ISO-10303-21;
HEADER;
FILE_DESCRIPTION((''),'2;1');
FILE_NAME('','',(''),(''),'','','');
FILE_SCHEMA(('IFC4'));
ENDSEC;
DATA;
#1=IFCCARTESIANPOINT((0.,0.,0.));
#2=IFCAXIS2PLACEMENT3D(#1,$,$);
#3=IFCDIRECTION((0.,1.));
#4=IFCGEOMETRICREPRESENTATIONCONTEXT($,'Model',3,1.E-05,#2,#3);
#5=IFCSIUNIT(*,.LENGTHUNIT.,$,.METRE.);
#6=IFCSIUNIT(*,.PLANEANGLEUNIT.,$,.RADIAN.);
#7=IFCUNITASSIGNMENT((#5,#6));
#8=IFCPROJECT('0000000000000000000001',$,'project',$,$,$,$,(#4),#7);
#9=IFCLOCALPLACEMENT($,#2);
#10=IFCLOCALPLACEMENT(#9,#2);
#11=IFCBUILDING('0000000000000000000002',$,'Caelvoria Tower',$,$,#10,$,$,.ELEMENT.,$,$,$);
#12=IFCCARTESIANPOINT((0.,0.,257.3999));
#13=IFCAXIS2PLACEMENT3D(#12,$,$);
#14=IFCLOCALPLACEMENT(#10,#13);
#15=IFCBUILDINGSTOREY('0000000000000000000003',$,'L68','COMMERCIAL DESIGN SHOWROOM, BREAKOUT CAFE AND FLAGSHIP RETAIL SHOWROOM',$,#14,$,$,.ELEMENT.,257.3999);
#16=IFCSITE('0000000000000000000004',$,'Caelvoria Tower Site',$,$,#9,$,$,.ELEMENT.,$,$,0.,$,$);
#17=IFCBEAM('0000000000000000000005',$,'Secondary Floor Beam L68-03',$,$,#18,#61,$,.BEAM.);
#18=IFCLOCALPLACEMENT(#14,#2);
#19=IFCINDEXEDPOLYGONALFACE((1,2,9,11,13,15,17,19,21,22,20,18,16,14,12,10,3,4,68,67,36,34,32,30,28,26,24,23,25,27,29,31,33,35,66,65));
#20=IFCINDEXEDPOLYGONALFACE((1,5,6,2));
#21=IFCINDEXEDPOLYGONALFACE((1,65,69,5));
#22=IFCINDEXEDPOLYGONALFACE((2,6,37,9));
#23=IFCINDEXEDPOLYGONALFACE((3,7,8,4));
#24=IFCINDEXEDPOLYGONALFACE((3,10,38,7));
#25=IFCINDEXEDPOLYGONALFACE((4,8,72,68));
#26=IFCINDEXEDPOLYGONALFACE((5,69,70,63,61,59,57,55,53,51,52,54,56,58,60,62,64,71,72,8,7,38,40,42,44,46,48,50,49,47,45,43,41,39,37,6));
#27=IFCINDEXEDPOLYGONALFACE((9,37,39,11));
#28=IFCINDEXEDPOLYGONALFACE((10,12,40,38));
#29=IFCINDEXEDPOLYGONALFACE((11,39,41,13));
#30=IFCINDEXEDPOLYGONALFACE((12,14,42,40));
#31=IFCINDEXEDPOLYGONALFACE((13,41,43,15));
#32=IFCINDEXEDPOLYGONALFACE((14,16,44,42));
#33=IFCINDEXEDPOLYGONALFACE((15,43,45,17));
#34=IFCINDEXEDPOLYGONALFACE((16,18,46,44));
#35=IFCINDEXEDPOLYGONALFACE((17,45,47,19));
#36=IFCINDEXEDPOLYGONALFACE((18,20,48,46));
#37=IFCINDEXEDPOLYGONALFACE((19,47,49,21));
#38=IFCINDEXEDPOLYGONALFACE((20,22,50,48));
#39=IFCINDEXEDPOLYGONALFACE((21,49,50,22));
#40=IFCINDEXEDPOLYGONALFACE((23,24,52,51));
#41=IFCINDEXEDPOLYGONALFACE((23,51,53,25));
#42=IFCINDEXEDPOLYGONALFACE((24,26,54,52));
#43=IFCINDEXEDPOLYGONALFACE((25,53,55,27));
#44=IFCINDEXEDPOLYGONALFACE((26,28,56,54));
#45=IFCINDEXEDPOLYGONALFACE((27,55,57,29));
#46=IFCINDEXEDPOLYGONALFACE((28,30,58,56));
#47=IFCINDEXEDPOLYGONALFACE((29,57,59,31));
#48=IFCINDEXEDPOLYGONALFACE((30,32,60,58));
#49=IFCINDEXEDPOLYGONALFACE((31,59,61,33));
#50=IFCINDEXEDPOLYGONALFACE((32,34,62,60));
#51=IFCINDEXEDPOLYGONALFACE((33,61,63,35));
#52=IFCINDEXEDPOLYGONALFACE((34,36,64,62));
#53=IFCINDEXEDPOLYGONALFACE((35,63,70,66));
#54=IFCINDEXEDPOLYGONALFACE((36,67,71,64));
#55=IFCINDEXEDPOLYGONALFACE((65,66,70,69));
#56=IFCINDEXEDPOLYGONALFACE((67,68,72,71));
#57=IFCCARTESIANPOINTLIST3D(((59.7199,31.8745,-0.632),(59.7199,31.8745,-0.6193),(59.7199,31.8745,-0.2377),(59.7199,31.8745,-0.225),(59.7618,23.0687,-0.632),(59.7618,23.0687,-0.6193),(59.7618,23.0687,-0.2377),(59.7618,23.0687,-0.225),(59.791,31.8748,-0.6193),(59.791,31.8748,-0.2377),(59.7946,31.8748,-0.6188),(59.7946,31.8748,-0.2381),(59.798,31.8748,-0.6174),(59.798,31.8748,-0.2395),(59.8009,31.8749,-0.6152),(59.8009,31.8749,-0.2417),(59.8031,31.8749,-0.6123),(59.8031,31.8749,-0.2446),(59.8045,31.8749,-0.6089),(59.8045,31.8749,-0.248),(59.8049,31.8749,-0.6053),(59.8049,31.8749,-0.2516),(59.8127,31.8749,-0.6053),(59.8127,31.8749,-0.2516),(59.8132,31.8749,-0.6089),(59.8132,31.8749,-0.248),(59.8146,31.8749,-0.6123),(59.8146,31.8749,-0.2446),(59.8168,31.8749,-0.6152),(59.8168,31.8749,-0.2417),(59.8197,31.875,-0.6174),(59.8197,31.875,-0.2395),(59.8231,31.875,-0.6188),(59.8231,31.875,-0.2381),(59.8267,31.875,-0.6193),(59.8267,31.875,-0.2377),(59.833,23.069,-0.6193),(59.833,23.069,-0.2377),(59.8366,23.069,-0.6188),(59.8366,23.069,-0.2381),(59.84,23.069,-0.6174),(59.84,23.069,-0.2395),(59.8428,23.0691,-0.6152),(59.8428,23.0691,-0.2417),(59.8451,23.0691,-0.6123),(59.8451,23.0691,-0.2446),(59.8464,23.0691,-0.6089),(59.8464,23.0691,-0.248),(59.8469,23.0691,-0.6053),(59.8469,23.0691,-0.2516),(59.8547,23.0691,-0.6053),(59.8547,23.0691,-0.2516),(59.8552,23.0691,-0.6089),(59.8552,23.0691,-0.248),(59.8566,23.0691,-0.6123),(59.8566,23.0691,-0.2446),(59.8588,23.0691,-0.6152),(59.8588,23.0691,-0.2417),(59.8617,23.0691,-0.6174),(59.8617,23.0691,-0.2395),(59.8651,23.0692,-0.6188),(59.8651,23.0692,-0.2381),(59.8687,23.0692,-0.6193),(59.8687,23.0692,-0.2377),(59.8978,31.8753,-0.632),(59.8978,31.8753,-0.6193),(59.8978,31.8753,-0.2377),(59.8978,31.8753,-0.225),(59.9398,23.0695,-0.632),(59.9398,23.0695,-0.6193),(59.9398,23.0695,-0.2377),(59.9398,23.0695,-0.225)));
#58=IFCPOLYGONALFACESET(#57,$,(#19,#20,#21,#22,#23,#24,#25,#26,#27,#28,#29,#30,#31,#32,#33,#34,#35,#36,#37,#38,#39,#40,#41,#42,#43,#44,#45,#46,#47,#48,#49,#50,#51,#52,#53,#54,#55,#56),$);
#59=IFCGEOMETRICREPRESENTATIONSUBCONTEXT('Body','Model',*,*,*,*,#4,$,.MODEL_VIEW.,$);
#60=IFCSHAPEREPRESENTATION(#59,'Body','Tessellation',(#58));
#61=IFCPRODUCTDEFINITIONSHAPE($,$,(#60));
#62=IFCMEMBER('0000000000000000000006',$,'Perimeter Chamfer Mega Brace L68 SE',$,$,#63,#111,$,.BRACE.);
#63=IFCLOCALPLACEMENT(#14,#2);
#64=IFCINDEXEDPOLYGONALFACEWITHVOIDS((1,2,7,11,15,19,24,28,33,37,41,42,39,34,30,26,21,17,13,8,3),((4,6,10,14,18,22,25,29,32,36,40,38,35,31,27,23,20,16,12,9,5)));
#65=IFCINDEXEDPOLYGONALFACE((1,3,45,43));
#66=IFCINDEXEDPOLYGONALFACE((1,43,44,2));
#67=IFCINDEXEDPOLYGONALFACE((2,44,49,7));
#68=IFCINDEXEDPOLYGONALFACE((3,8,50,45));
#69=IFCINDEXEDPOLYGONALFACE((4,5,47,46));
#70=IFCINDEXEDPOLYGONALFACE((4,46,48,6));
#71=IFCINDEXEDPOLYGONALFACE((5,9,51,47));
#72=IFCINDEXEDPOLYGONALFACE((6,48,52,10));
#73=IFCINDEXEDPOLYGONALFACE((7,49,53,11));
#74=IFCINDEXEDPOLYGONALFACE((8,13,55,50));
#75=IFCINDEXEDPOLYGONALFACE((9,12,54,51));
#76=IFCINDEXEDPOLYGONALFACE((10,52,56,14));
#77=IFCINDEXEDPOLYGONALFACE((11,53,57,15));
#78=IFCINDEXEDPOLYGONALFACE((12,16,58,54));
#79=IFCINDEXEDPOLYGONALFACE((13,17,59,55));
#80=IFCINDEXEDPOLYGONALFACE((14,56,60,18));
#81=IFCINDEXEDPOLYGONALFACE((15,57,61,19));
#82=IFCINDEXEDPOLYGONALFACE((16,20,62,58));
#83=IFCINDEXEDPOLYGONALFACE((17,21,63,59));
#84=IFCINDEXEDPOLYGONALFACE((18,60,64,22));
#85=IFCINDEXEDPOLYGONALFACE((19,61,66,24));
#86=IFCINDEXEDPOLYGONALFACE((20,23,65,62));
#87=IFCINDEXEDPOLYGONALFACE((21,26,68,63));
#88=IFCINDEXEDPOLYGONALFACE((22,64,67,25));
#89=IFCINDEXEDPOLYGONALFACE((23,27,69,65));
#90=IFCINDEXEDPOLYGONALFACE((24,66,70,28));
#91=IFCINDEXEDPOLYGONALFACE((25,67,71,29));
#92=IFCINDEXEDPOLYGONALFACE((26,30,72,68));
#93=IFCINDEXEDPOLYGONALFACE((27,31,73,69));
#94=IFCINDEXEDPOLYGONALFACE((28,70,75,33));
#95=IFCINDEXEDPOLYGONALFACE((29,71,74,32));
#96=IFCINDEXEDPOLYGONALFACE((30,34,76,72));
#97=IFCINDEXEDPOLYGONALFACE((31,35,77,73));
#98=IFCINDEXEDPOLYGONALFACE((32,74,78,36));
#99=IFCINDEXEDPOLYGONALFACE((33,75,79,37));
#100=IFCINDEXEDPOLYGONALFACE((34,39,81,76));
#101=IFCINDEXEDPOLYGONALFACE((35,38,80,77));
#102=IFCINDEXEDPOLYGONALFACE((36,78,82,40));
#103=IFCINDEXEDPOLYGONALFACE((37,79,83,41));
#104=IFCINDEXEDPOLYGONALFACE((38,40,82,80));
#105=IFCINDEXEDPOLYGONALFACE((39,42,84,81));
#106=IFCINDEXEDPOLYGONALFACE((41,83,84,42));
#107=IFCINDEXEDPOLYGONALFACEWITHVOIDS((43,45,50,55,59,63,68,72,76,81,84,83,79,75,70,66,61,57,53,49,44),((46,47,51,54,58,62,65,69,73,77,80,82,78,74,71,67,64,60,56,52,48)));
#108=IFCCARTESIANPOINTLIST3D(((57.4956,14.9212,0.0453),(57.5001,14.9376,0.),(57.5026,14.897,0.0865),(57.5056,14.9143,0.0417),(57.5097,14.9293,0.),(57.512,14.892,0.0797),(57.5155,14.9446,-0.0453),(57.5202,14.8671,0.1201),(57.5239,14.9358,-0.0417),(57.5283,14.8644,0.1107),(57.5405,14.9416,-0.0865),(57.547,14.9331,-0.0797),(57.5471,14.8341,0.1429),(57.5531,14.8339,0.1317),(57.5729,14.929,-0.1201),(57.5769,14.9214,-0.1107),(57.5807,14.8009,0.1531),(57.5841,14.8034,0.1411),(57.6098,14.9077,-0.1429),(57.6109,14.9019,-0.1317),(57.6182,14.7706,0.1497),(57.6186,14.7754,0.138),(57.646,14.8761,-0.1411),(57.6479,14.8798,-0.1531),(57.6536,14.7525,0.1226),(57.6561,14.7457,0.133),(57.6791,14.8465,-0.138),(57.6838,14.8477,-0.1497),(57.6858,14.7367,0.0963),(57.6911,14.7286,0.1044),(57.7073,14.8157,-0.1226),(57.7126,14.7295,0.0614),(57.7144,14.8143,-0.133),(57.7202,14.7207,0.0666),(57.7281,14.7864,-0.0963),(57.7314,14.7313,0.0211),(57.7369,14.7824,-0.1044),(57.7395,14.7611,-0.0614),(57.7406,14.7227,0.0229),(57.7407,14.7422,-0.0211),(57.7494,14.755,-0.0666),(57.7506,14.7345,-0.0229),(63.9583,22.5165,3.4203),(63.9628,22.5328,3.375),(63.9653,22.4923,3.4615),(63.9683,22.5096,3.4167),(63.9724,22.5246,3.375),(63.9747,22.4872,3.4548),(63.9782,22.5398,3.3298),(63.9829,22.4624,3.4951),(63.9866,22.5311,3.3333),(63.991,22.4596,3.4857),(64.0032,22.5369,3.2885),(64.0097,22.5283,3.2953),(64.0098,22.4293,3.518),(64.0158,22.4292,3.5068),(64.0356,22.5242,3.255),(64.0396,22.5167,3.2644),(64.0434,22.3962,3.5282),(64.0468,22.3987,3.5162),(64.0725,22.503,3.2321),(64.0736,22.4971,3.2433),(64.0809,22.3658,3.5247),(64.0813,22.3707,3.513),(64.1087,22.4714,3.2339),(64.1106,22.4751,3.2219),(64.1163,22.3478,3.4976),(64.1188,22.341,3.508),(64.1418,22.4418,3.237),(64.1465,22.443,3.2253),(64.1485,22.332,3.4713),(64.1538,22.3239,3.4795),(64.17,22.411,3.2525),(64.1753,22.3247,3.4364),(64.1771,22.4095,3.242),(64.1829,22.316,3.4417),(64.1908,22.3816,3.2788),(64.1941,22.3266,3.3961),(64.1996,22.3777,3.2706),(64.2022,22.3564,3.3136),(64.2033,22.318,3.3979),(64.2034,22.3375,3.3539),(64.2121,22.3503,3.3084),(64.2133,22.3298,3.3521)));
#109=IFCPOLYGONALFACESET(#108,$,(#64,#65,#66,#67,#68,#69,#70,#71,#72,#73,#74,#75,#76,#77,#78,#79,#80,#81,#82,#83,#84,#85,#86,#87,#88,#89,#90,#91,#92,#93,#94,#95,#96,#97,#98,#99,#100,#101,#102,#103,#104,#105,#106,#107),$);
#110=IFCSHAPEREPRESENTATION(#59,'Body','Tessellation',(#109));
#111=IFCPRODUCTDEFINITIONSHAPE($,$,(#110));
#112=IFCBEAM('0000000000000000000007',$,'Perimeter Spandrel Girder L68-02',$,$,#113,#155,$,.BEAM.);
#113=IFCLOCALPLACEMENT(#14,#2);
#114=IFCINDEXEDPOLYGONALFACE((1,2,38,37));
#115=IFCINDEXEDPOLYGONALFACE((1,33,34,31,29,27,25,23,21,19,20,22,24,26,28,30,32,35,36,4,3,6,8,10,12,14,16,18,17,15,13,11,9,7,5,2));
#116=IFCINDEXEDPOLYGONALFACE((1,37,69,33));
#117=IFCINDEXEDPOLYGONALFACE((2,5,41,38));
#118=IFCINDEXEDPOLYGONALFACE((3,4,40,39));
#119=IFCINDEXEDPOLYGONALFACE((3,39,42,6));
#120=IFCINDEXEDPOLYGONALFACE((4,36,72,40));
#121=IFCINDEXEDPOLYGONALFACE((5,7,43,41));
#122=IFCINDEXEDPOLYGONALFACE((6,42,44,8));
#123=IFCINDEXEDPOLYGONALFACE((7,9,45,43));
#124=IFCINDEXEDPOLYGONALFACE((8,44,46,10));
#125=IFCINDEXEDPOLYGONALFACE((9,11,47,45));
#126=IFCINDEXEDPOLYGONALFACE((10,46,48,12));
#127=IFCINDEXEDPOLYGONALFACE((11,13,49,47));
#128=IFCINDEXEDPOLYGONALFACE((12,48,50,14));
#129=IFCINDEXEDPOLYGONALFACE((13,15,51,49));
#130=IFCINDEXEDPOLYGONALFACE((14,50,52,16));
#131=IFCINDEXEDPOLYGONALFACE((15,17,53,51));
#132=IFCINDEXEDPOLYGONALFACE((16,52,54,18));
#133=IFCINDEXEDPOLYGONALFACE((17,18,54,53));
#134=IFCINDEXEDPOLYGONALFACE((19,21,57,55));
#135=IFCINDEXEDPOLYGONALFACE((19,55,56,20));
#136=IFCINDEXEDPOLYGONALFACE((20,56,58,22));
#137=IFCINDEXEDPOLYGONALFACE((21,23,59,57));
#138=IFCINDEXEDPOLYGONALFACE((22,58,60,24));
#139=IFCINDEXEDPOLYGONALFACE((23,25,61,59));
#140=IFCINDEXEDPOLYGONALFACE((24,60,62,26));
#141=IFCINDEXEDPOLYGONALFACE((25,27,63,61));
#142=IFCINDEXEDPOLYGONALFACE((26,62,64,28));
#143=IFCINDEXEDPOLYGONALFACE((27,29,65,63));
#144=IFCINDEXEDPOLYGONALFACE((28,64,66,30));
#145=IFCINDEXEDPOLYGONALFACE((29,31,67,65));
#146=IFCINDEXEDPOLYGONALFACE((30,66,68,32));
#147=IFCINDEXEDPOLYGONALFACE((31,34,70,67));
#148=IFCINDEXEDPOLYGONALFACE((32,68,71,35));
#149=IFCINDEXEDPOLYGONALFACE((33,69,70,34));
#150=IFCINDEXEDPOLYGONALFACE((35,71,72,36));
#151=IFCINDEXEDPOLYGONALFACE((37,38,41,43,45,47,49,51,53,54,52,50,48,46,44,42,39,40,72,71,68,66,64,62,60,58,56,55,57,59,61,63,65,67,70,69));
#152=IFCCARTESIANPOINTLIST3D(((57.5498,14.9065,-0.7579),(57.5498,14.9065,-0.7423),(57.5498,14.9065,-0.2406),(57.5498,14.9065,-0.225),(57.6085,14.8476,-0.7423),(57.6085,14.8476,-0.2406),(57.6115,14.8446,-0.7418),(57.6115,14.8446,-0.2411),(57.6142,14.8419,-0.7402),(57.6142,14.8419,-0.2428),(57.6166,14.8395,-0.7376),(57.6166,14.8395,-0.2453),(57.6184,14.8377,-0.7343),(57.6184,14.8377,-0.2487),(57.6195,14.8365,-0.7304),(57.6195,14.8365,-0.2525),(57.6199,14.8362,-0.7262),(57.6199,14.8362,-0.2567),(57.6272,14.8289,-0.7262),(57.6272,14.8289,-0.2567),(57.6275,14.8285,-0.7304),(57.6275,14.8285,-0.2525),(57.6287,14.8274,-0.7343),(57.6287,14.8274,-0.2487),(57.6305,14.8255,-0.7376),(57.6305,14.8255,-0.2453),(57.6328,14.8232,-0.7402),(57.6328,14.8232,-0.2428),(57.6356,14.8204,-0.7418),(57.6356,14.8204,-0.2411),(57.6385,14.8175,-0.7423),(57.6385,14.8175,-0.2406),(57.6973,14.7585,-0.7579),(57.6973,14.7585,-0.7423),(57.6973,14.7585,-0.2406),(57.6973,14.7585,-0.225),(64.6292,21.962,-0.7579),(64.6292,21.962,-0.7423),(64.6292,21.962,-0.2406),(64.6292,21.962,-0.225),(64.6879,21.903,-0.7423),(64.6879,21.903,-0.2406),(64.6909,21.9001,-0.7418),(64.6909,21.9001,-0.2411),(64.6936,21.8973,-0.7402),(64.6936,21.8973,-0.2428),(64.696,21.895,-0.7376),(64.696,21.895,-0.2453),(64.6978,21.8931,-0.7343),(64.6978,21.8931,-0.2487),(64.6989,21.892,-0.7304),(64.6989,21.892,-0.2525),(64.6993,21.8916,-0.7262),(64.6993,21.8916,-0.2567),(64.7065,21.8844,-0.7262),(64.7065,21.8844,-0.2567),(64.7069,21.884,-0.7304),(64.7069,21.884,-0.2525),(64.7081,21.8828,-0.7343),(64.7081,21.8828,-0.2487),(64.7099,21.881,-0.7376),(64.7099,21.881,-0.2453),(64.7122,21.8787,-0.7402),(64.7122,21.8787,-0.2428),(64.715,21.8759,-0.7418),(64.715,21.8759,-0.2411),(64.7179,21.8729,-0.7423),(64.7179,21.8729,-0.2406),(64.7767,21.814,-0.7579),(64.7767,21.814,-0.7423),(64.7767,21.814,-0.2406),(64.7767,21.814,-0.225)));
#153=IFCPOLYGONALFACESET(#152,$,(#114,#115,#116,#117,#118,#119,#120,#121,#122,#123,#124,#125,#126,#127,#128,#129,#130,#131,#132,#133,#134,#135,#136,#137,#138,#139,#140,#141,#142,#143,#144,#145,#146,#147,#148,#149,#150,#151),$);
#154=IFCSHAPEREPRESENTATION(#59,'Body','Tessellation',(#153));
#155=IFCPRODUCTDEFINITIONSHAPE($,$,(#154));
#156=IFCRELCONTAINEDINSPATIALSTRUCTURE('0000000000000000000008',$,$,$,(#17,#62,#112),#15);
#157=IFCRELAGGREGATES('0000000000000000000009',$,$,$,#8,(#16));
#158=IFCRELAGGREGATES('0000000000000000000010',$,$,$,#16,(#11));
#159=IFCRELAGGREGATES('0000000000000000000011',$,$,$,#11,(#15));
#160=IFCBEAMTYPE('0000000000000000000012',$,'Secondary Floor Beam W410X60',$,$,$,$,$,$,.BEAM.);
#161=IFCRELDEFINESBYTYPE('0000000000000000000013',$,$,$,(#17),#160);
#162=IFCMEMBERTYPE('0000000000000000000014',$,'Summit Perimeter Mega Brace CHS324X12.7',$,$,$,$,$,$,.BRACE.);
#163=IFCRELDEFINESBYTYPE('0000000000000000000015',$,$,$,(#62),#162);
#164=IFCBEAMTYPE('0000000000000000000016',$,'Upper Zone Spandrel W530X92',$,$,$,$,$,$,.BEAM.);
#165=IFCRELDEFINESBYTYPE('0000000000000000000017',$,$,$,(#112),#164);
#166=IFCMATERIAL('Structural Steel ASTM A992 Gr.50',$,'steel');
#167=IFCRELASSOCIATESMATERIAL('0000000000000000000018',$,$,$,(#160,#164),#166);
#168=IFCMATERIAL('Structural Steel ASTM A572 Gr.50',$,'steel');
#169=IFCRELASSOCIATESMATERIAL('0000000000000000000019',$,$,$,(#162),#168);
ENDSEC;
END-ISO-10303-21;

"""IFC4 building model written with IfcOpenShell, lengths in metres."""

from ifc_helpers import new_model, si_unit, direction, frame, origin, origin_2d, place, context, subcontext, project, spatial, hollow_circle, i_section, extrude, material, material_profile, profile_set, type_object, element, save


model = new_model("IFC4")

# Units and contexts
model_context = context("Model", 3, precision=1e-05, world=origin(), true_north=direction((0.0, 1.0)))
body_context = subcontext(model_context, "Body", "Model", "MODEL_VIEW")
ifc_project = project(units=[si_unit("LENGTHUNIT", "METRE"), si_unit("PLANEANGLEUNIT", "RADIAN")], contexts=[model_context])

# Site, building, storey
site_placement = place(None, origin())
site = spatial("IfcSite", under=ifc_project, at=site_placement, Name="Caelvoria Tower Site", CompositionType="ELEMENT", RefElevation=0.0)
building_placement = place(site_placement, origin())
building = spatial("IfcBuilding", under=site, at=building_placement, Name="Caelvoria Tower", CompositionType="ELEMENT")
storey_placement = place(building_placement, frame((0.0, 0.0, 257.3999)))
storey = spatial("IfcBuildingStorey", under=building, at=storey_placement, Name="L68", Description="COMMERCIAL DESIGN SHOWROOM, BREAKOUT CAFE AND FLAGSHIP RETAIL SHOWROOM", CompositionType="ELEMENT", Elevation=257.3999)

# Shared definitions
ifc_material_1 = material(Name="Structural Steel ASTM A572 Gr.50", Category="steel")
ifc_material_2 = material(Name="Structural Steel ASTM A992 Gr.50", Category="steel")

# Beam
ifc_material_profile_1 = material_profile(ifc_material_2, i_section(OverallWidth=0.178, OverallDepth=0.407, WebThickness=0.0078, FlangeThickness=0.0127, FilletRadius=0.0139, at=origin_2d()), Name="Structural Steel ASTM A992 Gr.50")
ifc_profile_set_1 = profile_set([ifc_material_profile_1], Name="W410X60 - Structural Steel ASTM A992 Gr.50")
beam_type_1 = type_object("IfcBeamType", Name="Secondary Floor Beam W410X60", PredefinedType="BEAM", material=ifc_profile_set_1)
beam_1_placement = place(storey_placement, frame((59.8508, 23.0691, -0.4285), z_axis=(-0.004769, 0.999989, 0.0), x_axis=(-0.999989, -0.004769, 0.0)))
element("IfcBeam", 1, at=beam_1_placement, inside=storey, type_object=beam_type_1, Name="Secondary Floor Beam L68-03", PredefinedType="BEAM", context=body_context, shape_type="SweptSolid", body=[
    extrude(i_section(OverallWidth=0.178, OverallDepth=0.407, WebThickness=0.0078, FlangeThickness=0.0127, FilletRadius=0.0139, at=origin_2d()), origin(), (0.0, 0.0, 1.0), 8.8059),
])

# Member
ifc_material_profile_2 = material_profile(ifc_material_1, hollow_circle(Radius=0.1621, WallThickness=0.0127, at=origin_2d()), Name="Structural Steel ASTM A572 Gr.50")
ifc_profile_set_2 = profile_set([ifc_material_profile_2], Name="CHS324X12.7 - Structural Steel ASTM A572 Gr.50")
member_type = type_object("IfcMemberType", Name="Summit Perimeter Mega Brace CHS324X12.7", PredefinedType="BRACE", material=ifc_profile_set_2)
member_placement = place(storey_placement, frame((57.6235, 14.8325, 0.0), z_axis=(0.61384, 0.721414, 0.320567), x_axis=(-0.761607, 0.648039, 0.0)))
element("IfcMember", 2, at=member_placement, inside=storey, type_object=member_type, Name="Perimeter Chamfer Mega Brace L68 SE", PredefinedType="BRACE", context=body_context, shape_type="SweptSolid", body=[
    extrude(hollow_circle(Radius=0.1621, WallThickness=0.0127, at=origin_2d()), origin(), (0.0, 0.0, 1.0), 10.5283),
])

# Beam
ifc_material_profile_3 = material_profile(ifc_material_2, i_section(OverallWidth=0.209, OverallDepth=0.533, WebThickness=0.0103, FlangeThickness=0.0156, FilletRadius=0.0161, at=origin_2d()), Name="Structural Steel ASTM A992 Gr.50")
ifc_profile_set_3 = profile_set([ifc_material_profile_3], Name="W530X92 - Structural Steel ASTM A992 Gr.50")
beam_type_2 = type_object("IfcBeamType", Name="Upper Zone Spandrel W530X92", PredefinedType="BEAM", material=ifc_profile_set_3)
beam_2_placement = place(storey_placement, frame((57.6235, 14.8325, -0.4915), z_axis=(0.708303, 0.705909, 0.0), x_axis=(-0.705909, 0.708303, 0.0)))
element("IfcBeam", 3, at=beam_2_placement, inside=storey, type_object=beam_type_2, Name="Perimeter Spandrel Girder L68-02", PredefinedType="BEAM", context=body_context, shape_type="SweptSolid", body=[
    extrude(i_section(OverallWidth=0.209, OverallDepth=0.533, WebThickness=0.0103, FlangeThickness=0.0156, FilletRadius=0.0161, at=origin_2d()), origin(), (0.0, 0.0, 1.0), 9.9949),
])

save(model, "model.ifc")
